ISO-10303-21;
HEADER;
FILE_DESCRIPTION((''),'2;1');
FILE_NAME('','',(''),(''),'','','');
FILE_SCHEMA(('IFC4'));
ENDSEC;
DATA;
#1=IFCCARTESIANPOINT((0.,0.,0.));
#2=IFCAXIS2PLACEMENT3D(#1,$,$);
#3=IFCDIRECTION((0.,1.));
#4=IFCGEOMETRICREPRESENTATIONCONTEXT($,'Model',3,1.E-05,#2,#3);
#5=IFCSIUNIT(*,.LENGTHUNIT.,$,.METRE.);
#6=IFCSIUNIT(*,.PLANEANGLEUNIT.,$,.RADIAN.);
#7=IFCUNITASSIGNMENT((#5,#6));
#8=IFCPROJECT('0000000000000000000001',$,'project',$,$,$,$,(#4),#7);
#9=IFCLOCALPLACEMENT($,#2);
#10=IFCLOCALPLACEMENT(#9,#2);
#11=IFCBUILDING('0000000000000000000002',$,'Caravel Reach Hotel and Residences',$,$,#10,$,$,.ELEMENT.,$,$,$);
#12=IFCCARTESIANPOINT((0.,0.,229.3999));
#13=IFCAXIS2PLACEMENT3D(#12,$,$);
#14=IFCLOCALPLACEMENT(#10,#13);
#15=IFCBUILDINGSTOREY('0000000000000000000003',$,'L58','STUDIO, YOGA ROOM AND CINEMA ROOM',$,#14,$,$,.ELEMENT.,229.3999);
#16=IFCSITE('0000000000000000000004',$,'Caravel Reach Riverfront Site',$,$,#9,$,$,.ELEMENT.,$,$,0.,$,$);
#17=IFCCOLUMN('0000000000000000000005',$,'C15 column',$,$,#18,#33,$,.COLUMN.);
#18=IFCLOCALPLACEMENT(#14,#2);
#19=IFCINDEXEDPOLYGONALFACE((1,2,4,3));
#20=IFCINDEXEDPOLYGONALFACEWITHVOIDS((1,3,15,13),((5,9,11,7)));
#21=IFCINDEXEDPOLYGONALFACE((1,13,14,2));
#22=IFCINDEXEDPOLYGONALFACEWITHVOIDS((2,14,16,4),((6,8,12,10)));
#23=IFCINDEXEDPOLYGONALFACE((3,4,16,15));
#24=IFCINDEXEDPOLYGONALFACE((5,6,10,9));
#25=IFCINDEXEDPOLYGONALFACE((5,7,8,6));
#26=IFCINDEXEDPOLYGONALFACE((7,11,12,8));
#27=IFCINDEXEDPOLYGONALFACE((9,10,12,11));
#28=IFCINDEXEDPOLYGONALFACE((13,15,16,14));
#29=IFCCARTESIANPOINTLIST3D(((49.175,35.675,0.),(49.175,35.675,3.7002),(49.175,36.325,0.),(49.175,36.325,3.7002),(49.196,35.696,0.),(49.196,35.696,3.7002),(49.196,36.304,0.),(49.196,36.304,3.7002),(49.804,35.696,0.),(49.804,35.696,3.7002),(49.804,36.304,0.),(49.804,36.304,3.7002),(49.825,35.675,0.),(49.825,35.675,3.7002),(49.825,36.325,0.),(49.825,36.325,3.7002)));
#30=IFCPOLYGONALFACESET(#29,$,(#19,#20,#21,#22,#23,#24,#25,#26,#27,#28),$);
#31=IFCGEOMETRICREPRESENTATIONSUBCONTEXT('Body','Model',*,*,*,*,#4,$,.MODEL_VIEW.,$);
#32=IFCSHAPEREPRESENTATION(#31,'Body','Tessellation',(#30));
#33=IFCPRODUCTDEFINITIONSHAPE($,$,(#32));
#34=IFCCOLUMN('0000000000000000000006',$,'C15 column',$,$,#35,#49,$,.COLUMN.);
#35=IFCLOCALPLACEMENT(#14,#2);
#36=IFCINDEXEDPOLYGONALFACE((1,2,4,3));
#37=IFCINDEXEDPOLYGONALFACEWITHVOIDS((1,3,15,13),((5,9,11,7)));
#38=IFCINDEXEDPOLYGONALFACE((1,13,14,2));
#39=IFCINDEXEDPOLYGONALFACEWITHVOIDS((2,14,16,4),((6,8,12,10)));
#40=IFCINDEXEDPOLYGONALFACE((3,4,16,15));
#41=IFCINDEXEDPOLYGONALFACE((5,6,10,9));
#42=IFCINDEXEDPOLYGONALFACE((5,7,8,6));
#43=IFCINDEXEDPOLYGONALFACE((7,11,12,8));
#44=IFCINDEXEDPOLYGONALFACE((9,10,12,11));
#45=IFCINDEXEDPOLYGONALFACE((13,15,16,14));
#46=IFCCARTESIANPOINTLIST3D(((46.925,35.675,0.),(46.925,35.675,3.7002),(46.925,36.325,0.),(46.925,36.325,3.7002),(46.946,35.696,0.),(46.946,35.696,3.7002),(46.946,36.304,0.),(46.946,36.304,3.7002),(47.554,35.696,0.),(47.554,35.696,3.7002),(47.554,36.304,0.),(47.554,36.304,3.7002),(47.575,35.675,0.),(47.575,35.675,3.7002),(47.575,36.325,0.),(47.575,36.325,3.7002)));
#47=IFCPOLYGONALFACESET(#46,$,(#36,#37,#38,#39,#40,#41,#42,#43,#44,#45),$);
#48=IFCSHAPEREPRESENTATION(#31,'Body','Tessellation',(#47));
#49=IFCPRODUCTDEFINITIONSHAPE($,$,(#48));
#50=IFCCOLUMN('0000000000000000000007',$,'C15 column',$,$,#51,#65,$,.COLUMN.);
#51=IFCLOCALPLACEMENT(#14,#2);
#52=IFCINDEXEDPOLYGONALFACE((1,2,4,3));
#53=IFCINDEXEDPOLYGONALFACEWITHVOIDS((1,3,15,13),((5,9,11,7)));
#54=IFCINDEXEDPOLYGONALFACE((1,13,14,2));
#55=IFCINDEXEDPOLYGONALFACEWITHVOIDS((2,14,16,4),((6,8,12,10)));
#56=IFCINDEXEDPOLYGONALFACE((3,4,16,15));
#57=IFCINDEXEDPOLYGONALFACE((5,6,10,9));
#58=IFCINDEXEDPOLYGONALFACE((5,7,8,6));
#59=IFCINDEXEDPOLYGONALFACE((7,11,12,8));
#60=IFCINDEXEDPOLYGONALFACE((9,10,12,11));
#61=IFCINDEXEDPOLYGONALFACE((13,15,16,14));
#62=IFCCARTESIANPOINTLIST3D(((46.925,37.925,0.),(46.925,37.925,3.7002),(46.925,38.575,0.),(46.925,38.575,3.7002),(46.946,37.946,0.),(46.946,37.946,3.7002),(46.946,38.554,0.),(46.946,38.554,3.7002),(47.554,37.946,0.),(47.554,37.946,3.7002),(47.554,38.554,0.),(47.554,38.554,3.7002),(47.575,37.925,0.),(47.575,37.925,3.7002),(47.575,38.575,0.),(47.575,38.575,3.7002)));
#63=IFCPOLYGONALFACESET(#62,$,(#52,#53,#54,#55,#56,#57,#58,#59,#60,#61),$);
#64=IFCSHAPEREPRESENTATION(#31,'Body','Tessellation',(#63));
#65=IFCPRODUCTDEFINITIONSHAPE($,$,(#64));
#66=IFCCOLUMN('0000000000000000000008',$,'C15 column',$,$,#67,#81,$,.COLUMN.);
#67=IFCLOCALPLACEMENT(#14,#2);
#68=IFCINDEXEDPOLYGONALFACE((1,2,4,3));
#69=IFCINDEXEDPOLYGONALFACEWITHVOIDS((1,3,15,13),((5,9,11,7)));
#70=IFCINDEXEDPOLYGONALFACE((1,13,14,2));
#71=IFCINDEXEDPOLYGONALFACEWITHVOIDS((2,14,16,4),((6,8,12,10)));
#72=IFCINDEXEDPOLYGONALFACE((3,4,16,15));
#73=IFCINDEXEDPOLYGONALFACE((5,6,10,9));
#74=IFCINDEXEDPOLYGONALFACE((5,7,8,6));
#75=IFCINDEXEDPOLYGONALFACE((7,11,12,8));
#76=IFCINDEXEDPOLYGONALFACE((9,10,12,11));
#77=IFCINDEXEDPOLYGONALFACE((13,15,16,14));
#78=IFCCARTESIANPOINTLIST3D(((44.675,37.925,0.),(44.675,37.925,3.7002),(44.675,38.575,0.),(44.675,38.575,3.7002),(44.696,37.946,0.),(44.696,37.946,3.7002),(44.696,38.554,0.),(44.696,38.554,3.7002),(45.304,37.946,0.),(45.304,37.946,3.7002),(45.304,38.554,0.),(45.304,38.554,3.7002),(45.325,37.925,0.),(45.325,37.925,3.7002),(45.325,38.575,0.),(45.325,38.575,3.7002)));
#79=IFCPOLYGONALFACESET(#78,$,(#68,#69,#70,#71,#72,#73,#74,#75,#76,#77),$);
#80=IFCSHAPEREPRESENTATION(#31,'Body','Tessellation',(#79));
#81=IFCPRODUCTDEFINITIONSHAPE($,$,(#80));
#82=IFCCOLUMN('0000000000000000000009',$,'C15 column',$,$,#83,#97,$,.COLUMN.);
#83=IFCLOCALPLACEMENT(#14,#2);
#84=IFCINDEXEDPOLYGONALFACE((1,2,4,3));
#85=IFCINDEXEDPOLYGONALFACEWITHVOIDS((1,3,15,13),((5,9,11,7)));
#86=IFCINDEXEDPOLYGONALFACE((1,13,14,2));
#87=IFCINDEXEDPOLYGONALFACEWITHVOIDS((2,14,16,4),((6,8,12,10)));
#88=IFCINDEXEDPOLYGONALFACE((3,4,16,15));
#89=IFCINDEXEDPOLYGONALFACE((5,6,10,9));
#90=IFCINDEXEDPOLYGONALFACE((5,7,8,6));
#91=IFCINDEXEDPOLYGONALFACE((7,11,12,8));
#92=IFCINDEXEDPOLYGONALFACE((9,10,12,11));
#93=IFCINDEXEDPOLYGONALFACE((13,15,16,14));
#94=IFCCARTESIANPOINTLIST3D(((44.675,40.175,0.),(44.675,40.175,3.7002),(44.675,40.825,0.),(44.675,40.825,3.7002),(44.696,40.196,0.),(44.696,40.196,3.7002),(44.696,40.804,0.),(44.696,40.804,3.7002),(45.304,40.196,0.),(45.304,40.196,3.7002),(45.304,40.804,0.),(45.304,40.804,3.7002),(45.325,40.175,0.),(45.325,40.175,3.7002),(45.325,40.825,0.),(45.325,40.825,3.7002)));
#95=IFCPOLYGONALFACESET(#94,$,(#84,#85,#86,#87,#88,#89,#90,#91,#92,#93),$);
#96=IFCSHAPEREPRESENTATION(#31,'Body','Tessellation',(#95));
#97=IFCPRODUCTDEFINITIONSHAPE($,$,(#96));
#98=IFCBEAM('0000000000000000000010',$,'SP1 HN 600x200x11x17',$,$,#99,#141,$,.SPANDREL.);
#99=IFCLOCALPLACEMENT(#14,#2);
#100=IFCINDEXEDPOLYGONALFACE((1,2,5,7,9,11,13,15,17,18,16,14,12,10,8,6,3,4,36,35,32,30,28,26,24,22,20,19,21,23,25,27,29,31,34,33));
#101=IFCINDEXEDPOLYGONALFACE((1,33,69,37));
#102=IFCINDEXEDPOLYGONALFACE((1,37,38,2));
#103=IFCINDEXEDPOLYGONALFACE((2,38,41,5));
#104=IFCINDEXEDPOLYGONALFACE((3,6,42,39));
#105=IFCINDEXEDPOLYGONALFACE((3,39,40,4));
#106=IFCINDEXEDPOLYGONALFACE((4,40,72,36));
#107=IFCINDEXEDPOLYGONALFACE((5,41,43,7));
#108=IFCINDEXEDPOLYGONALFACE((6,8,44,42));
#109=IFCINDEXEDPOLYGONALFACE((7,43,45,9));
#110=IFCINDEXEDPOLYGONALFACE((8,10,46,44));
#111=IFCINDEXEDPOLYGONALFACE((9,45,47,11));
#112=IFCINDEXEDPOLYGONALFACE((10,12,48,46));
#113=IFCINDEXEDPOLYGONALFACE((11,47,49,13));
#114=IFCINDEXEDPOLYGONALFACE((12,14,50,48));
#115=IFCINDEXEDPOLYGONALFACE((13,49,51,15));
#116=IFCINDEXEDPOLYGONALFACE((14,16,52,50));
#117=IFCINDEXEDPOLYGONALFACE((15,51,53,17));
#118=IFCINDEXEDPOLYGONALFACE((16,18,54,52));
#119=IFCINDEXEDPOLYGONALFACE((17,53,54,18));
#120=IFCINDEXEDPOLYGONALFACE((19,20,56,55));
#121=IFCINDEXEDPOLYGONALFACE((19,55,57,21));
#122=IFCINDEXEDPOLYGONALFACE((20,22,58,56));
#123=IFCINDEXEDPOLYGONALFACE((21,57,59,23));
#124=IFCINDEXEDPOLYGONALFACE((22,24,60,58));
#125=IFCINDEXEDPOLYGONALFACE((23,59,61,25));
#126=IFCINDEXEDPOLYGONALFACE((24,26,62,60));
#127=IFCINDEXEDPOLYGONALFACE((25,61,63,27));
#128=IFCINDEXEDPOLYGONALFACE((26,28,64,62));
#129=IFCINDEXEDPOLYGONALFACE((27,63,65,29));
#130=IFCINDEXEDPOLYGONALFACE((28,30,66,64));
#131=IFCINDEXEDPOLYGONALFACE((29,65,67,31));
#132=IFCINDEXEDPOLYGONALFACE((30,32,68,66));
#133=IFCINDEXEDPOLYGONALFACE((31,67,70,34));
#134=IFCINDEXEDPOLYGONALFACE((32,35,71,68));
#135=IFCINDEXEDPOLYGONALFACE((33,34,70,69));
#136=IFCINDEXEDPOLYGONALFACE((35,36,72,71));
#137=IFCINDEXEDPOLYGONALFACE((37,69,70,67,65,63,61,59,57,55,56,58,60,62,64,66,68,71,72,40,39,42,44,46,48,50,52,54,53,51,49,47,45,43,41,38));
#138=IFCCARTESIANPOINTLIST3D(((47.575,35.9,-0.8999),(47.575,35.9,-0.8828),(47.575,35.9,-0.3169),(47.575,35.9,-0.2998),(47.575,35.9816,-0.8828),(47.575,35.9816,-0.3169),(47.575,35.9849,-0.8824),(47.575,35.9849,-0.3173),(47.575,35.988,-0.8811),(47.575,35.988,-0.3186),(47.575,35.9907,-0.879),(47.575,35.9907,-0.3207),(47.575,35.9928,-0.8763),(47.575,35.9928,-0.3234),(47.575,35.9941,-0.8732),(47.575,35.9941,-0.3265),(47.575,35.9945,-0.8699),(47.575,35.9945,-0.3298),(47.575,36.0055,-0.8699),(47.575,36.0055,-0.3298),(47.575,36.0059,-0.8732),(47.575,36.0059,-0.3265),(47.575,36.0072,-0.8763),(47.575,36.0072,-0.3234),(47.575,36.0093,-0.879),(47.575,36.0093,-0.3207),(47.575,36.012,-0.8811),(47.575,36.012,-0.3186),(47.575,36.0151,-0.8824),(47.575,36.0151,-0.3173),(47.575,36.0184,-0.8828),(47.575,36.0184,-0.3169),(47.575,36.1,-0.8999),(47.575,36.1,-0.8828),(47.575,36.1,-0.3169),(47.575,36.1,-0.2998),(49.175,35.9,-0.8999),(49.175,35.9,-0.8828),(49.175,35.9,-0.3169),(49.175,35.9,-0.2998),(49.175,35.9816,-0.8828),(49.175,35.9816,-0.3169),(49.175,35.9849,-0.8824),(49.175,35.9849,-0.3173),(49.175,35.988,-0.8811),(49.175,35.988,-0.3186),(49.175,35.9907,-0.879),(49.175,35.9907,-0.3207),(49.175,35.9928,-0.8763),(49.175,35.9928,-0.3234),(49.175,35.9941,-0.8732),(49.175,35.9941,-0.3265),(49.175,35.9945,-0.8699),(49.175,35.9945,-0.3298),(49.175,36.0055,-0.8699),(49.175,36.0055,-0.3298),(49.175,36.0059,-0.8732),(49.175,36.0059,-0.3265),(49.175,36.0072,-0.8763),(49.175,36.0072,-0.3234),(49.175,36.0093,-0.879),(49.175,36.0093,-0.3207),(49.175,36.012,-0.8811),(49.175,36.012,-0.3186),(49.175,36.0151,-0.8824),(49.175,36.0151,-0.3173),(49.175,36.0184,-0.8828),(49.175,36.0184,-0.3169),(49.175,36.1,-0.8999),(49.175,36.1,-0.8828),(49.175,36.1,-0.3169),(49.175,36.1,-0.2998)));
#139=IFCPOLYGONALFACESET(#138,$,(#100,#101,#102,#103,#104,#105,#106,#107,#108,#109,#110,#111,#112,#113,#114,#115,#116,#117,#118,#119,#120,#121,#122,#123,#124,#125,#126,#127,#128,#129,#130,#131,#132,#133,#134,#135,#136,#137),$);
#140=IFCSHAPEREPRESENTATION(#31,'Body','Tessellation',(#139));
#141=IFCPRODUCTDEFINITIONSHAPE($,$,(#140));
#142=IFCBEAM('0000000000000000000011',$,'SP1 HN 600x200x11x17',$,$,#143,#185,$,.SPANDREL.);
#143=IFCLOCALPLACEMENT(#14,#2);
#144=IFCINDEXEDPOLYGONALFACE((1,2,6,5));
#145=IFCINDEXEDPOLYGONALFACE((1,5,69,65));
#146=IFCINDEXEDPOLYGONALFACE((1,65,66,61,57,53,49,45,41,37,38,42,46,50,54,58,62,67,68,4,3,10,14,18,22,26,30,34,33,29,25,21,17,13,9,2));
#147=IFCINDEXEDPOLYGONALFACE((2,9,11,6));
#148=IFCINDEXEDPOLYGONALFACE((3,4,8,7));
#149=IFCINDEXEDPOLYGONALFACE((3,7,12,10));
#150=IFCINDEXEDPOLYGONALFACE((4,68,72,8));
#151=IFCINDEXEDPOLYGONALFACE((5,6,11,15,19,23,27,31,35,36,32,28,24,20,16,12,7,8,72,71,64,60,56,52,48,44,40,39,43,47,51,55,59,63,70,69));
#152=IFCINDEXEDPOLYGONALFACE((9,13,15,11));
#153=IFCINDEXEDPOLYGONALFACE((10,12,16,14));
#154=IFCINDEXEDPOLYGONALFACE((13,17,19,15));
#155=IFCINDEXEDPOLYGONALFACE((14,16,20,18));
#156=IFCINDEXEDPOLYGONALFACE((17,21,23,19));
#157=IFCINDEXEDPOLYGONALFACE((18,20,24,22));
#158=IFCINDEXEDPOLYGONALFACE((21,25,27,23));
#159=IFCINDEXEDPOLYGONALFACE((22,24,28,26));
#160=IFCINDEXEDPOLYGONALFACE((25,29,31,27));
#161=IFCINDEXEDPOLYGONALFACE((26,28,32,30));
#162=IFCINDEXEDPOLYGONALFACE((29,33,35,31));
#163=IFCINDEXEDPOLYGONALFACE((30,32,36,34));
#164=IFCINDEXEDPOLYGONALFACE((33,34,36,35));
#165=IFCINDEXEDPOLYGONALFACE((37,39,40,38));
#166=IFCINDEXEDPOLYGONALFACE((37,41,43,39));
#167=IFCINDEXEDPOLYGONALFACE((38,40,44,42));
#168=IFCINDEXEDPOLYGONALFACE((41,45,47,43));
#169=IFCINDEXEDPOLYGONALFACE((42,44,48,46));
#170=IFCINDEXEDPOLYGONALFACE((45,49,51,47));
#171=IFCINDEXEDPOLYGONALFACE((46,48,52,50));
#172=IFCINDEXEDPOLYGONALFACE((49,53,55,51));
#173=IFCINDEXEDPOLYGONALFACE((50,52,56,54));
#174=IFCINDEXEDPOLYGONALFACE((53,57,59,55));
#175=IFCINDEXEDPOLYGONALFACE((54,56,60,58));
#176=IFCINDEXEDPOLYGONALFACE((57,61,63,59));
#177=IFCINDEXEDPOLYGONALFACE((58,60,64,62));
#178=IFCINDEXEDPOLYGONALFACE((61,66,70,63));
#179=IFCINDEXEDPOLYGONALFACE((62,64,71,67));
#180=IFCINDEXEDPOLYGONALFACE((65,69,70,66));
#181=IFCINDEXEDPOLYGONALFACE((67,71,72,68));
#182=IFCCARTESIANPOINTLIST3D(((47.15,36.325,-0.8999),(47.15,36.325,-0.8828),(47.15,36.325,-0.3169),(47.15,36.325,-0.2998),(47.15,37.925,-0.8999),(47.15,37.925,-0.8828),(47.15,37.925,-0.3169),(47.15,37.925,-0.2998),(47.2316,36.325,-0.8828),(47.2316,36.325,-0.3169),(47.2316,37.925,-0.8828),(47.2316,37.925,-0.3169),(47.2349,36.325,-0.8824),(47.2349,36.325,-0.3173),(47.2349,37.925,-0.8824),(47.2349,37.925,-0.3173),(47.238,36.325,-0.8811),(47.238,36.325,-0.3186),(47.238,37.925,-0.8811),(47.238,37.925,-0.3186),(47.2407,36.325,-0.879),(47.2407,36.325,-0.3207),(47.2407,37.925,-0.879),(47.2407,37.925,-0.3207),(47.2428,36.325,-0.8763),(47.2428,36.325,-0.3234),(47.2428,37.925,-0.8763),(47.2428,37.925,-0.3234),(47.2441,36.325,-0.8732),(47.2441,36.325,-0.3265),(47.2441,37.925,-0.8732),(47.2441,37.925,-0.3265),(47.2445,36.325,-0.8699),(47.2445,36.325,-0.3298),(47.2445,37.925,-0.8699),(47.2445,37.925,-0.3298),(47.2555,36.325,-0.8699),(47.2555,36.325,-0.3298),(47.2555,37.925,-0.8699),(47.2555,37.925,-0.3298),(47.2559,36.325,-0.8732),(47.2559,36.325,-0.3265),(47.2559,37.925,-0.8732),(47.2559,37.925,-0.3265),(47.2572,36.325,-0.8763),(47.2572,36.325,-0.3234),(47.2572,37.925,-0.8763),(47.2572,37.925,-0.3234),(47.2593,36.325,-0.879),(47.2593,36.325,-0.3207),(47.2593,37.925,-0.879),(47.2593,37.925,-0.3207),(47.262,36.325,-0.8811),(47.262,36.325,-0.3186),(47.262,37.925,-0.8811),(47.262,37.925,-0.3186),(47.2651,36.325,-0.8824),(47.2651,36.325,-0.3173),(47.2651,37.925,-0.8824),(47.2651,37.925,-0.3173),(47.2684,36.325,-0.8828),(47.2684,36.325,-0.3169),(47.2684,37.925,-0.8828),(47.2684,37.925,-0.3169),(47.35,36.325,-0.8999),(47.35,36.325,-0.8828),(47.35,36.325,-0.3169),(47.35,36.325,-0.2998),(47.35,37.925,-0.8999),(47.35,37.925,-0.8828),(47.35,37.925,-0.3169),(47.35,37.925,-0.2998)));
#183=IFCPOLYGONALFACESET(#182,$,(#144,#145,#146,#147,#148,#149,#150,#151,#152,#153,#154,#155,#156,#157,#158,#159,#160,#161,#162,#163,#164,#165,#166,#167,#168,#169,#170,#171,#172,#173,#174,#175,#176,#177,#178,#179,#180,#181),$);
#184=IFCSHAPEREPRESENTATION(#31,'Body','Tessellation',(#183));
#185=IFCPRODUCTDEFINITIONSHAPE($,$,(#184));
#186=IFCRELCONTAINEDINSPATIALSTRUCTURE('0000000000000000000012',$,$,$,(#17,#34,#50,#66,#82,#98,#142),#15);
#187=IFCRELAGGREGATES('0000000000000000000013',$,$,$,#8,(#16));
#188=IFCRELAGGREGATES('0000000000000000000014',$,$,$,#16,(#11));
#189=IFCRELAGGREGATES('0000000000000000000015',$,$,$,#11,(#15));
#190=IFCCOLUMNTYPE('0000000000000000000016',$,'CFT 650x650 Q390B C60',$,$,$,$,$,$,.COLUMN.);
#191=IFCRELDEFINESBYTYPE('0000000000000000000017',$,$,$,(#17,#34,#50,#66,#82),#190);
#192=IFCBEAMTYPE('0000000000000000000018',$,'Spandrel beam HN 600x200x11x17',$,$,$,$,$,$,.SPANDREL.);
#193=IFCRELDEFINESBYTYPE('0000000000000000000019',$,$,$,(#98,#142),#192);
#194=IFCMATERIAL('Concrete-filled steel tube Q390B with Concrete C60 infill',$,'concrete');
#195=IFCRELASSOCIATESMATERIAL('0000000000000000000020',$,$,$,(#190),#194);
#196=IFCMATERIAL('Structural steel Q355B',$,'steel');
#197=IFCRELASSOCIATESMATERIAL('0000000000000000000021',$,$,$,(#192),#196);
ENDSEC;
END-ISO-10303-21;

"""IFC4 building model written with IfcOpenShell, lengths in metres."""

from ifc_helpers import new_model, si_unit, direction, frame, origin, origin_2d, place, context, subcontext, project, spatial, hollow_rectangle, i_section, extrude, material, material_profile, profile_set, type_object, element, save


model = new_model("IFC4")

# Units and contexts
model_context = context("Model", 3, precision=1e-05, world=origin(), true_north=direction((0.0, 1.0)))
body_context = subcontext(model_context, "Body", "Model", "MODEL_VIEW")
ifc_project = project(units=[si_unit("LENGTHUNIT", "METRE"), si_unit("PLANEANGLEUNIT", "RADIAN")], contexts=[model_context])

# Site, building, storey
site_placement = place(None, origin())
site = spatial("IfcSite", under=ifc_project, at=site_placement, Name="Caravel Reach Riverfront Site", CompositionType="ELEMENT", RefElevation=0.0)
building_placement = place(site_placement, origin())
building = spatial("IfcBuilding", under=site, at=building_placement, Name="Caravel Reach Hotel and Residences", CompositionType="ELEMENT")
storey_placement = place(building_placement, frame((0.0, 0.0, 229.3999)))
storey = spatial("IfcBuildingStorey", under=building, at=storey_placement, Name="L58", Description="STUDIO, YOGA ROOM AND CINEMA ROOM", CompositionType="ELEMENT", Elevation=229.3999)

# Columns
ifc_material_1 = material(Name="Concrete-filled steel tube Q390B with Concrete C60 infill", Category="concrete")
ifc_material_profile_1 = material_profile(ifc_material_1, hollow_rectangle(XDim=0.6499, YDim=0.6499, WallThickness=0.021, at=origin_2d()), Name="RHS 650x650x21")
ifc_profile_set_1 = profile_set([ifc_material_profile_1], Name="Concrete-filled steel tube Q390B with Concrete C60 infill")
column_type = type_object("IfcColumnType", Name="CFT 650x650 Q390B C60", PredefinedType="COLUMN", material=ifc_profile_set_1)
for number, where, z_axis, x_axis, name in (
    (1, (49.5, 36.0, 0.0), (0.0, 0.0, 1.0), (1.0, 0.0, 0.0), "C15 column"),
    (2, (47.25, 36.0, 0.0), (0.0, 0.0, 1.0), (1.0, 0.0, 0.0), "C15 column"),
    (3, (47.25, 38.25, 0.0), (0.0, 0.0, 1.0), (1.0, 0.0, 0.0), "C15 column"),
    (4, (45.0, 38.25, 0.0), (0.0, 0.0, 1.0), (1.0, 0.0, 0.0), "C15 column"),
    (5, (45.0, 40.5, 0.0), (0.0, 0.0, 1.0), (1.0, 0.0, 0.0), "C15 column"),
):
    element("IfcColumn", number, at=place(storey_placement, frame(where, z_axis=z_axis, x_axis=x_axis)), inside=storey, type_object=column_type, Name=name, PredefinedType="COLUMN", context=body_context, shape_type="SweptSolid", body=[
        extrude(hollow_rectangle(XDim=0.6499, YDim=0.6499, WallThickness=0.021, at=origin_2d()), origin(), (0.0, 0.0, 1.0), 3.7002),
    ])

# Beams
ifc_material_2 = material(Name="Structural steel Q355B", Category="steel")
ifc_material_profile_2 = material_profile(ifc_material_2, i_section(OverallWidth=0.2, OverallDepth=0.6001, WebThickness=0.011, FlangeThickness=0.0171, FilletRadius=0.0129, at=origin_2d()), Name="HN 600x200x11x17")
ifc_profile_set_2 = profile_set([ifc_material_profile_2], Name="Structural steel Q355B")
beam_type = type_object("IfcBeamType", Name="Spandrel beam HN 600x200x11x17", PredefinedType="SPANDREL", material=ifc_profile_set_2)
for number, where, z_axis, x_axis, name in (
    (6, (49.175, 36.0, -0.5999), (-1.0, 0.0, 0.0), (0.0, -1.0, 0.0), "SP1 HN 600x200x11x17"),
    (7, (47.25, 36.325, -0.5999), (0.0, 1.0, 0.0), (-1.0, 0.0, 0.0), "SP1 HN 600x200x11x17"),
):
    element("IfcBeam", number, at=place(storey_placement, frame(where, z_axis=z_axis, x_axis=x_axis)), inside=storey, type_object=beam_type, Name=name, PredefinedType="SPANDREL", context=body_context, shape_type="SweptSolid", body=[
        extrude(i_section(OverallWidth=0.2, OverallDepth=0.6001, WebThickness=0.011, FlangeThickness=0.0171, FilletRadius=0.0129, at=origin_2d()), origin(), (0.0, 0.0, 1.0), 1.6001),
    ])

save(model, "model.ifc")
